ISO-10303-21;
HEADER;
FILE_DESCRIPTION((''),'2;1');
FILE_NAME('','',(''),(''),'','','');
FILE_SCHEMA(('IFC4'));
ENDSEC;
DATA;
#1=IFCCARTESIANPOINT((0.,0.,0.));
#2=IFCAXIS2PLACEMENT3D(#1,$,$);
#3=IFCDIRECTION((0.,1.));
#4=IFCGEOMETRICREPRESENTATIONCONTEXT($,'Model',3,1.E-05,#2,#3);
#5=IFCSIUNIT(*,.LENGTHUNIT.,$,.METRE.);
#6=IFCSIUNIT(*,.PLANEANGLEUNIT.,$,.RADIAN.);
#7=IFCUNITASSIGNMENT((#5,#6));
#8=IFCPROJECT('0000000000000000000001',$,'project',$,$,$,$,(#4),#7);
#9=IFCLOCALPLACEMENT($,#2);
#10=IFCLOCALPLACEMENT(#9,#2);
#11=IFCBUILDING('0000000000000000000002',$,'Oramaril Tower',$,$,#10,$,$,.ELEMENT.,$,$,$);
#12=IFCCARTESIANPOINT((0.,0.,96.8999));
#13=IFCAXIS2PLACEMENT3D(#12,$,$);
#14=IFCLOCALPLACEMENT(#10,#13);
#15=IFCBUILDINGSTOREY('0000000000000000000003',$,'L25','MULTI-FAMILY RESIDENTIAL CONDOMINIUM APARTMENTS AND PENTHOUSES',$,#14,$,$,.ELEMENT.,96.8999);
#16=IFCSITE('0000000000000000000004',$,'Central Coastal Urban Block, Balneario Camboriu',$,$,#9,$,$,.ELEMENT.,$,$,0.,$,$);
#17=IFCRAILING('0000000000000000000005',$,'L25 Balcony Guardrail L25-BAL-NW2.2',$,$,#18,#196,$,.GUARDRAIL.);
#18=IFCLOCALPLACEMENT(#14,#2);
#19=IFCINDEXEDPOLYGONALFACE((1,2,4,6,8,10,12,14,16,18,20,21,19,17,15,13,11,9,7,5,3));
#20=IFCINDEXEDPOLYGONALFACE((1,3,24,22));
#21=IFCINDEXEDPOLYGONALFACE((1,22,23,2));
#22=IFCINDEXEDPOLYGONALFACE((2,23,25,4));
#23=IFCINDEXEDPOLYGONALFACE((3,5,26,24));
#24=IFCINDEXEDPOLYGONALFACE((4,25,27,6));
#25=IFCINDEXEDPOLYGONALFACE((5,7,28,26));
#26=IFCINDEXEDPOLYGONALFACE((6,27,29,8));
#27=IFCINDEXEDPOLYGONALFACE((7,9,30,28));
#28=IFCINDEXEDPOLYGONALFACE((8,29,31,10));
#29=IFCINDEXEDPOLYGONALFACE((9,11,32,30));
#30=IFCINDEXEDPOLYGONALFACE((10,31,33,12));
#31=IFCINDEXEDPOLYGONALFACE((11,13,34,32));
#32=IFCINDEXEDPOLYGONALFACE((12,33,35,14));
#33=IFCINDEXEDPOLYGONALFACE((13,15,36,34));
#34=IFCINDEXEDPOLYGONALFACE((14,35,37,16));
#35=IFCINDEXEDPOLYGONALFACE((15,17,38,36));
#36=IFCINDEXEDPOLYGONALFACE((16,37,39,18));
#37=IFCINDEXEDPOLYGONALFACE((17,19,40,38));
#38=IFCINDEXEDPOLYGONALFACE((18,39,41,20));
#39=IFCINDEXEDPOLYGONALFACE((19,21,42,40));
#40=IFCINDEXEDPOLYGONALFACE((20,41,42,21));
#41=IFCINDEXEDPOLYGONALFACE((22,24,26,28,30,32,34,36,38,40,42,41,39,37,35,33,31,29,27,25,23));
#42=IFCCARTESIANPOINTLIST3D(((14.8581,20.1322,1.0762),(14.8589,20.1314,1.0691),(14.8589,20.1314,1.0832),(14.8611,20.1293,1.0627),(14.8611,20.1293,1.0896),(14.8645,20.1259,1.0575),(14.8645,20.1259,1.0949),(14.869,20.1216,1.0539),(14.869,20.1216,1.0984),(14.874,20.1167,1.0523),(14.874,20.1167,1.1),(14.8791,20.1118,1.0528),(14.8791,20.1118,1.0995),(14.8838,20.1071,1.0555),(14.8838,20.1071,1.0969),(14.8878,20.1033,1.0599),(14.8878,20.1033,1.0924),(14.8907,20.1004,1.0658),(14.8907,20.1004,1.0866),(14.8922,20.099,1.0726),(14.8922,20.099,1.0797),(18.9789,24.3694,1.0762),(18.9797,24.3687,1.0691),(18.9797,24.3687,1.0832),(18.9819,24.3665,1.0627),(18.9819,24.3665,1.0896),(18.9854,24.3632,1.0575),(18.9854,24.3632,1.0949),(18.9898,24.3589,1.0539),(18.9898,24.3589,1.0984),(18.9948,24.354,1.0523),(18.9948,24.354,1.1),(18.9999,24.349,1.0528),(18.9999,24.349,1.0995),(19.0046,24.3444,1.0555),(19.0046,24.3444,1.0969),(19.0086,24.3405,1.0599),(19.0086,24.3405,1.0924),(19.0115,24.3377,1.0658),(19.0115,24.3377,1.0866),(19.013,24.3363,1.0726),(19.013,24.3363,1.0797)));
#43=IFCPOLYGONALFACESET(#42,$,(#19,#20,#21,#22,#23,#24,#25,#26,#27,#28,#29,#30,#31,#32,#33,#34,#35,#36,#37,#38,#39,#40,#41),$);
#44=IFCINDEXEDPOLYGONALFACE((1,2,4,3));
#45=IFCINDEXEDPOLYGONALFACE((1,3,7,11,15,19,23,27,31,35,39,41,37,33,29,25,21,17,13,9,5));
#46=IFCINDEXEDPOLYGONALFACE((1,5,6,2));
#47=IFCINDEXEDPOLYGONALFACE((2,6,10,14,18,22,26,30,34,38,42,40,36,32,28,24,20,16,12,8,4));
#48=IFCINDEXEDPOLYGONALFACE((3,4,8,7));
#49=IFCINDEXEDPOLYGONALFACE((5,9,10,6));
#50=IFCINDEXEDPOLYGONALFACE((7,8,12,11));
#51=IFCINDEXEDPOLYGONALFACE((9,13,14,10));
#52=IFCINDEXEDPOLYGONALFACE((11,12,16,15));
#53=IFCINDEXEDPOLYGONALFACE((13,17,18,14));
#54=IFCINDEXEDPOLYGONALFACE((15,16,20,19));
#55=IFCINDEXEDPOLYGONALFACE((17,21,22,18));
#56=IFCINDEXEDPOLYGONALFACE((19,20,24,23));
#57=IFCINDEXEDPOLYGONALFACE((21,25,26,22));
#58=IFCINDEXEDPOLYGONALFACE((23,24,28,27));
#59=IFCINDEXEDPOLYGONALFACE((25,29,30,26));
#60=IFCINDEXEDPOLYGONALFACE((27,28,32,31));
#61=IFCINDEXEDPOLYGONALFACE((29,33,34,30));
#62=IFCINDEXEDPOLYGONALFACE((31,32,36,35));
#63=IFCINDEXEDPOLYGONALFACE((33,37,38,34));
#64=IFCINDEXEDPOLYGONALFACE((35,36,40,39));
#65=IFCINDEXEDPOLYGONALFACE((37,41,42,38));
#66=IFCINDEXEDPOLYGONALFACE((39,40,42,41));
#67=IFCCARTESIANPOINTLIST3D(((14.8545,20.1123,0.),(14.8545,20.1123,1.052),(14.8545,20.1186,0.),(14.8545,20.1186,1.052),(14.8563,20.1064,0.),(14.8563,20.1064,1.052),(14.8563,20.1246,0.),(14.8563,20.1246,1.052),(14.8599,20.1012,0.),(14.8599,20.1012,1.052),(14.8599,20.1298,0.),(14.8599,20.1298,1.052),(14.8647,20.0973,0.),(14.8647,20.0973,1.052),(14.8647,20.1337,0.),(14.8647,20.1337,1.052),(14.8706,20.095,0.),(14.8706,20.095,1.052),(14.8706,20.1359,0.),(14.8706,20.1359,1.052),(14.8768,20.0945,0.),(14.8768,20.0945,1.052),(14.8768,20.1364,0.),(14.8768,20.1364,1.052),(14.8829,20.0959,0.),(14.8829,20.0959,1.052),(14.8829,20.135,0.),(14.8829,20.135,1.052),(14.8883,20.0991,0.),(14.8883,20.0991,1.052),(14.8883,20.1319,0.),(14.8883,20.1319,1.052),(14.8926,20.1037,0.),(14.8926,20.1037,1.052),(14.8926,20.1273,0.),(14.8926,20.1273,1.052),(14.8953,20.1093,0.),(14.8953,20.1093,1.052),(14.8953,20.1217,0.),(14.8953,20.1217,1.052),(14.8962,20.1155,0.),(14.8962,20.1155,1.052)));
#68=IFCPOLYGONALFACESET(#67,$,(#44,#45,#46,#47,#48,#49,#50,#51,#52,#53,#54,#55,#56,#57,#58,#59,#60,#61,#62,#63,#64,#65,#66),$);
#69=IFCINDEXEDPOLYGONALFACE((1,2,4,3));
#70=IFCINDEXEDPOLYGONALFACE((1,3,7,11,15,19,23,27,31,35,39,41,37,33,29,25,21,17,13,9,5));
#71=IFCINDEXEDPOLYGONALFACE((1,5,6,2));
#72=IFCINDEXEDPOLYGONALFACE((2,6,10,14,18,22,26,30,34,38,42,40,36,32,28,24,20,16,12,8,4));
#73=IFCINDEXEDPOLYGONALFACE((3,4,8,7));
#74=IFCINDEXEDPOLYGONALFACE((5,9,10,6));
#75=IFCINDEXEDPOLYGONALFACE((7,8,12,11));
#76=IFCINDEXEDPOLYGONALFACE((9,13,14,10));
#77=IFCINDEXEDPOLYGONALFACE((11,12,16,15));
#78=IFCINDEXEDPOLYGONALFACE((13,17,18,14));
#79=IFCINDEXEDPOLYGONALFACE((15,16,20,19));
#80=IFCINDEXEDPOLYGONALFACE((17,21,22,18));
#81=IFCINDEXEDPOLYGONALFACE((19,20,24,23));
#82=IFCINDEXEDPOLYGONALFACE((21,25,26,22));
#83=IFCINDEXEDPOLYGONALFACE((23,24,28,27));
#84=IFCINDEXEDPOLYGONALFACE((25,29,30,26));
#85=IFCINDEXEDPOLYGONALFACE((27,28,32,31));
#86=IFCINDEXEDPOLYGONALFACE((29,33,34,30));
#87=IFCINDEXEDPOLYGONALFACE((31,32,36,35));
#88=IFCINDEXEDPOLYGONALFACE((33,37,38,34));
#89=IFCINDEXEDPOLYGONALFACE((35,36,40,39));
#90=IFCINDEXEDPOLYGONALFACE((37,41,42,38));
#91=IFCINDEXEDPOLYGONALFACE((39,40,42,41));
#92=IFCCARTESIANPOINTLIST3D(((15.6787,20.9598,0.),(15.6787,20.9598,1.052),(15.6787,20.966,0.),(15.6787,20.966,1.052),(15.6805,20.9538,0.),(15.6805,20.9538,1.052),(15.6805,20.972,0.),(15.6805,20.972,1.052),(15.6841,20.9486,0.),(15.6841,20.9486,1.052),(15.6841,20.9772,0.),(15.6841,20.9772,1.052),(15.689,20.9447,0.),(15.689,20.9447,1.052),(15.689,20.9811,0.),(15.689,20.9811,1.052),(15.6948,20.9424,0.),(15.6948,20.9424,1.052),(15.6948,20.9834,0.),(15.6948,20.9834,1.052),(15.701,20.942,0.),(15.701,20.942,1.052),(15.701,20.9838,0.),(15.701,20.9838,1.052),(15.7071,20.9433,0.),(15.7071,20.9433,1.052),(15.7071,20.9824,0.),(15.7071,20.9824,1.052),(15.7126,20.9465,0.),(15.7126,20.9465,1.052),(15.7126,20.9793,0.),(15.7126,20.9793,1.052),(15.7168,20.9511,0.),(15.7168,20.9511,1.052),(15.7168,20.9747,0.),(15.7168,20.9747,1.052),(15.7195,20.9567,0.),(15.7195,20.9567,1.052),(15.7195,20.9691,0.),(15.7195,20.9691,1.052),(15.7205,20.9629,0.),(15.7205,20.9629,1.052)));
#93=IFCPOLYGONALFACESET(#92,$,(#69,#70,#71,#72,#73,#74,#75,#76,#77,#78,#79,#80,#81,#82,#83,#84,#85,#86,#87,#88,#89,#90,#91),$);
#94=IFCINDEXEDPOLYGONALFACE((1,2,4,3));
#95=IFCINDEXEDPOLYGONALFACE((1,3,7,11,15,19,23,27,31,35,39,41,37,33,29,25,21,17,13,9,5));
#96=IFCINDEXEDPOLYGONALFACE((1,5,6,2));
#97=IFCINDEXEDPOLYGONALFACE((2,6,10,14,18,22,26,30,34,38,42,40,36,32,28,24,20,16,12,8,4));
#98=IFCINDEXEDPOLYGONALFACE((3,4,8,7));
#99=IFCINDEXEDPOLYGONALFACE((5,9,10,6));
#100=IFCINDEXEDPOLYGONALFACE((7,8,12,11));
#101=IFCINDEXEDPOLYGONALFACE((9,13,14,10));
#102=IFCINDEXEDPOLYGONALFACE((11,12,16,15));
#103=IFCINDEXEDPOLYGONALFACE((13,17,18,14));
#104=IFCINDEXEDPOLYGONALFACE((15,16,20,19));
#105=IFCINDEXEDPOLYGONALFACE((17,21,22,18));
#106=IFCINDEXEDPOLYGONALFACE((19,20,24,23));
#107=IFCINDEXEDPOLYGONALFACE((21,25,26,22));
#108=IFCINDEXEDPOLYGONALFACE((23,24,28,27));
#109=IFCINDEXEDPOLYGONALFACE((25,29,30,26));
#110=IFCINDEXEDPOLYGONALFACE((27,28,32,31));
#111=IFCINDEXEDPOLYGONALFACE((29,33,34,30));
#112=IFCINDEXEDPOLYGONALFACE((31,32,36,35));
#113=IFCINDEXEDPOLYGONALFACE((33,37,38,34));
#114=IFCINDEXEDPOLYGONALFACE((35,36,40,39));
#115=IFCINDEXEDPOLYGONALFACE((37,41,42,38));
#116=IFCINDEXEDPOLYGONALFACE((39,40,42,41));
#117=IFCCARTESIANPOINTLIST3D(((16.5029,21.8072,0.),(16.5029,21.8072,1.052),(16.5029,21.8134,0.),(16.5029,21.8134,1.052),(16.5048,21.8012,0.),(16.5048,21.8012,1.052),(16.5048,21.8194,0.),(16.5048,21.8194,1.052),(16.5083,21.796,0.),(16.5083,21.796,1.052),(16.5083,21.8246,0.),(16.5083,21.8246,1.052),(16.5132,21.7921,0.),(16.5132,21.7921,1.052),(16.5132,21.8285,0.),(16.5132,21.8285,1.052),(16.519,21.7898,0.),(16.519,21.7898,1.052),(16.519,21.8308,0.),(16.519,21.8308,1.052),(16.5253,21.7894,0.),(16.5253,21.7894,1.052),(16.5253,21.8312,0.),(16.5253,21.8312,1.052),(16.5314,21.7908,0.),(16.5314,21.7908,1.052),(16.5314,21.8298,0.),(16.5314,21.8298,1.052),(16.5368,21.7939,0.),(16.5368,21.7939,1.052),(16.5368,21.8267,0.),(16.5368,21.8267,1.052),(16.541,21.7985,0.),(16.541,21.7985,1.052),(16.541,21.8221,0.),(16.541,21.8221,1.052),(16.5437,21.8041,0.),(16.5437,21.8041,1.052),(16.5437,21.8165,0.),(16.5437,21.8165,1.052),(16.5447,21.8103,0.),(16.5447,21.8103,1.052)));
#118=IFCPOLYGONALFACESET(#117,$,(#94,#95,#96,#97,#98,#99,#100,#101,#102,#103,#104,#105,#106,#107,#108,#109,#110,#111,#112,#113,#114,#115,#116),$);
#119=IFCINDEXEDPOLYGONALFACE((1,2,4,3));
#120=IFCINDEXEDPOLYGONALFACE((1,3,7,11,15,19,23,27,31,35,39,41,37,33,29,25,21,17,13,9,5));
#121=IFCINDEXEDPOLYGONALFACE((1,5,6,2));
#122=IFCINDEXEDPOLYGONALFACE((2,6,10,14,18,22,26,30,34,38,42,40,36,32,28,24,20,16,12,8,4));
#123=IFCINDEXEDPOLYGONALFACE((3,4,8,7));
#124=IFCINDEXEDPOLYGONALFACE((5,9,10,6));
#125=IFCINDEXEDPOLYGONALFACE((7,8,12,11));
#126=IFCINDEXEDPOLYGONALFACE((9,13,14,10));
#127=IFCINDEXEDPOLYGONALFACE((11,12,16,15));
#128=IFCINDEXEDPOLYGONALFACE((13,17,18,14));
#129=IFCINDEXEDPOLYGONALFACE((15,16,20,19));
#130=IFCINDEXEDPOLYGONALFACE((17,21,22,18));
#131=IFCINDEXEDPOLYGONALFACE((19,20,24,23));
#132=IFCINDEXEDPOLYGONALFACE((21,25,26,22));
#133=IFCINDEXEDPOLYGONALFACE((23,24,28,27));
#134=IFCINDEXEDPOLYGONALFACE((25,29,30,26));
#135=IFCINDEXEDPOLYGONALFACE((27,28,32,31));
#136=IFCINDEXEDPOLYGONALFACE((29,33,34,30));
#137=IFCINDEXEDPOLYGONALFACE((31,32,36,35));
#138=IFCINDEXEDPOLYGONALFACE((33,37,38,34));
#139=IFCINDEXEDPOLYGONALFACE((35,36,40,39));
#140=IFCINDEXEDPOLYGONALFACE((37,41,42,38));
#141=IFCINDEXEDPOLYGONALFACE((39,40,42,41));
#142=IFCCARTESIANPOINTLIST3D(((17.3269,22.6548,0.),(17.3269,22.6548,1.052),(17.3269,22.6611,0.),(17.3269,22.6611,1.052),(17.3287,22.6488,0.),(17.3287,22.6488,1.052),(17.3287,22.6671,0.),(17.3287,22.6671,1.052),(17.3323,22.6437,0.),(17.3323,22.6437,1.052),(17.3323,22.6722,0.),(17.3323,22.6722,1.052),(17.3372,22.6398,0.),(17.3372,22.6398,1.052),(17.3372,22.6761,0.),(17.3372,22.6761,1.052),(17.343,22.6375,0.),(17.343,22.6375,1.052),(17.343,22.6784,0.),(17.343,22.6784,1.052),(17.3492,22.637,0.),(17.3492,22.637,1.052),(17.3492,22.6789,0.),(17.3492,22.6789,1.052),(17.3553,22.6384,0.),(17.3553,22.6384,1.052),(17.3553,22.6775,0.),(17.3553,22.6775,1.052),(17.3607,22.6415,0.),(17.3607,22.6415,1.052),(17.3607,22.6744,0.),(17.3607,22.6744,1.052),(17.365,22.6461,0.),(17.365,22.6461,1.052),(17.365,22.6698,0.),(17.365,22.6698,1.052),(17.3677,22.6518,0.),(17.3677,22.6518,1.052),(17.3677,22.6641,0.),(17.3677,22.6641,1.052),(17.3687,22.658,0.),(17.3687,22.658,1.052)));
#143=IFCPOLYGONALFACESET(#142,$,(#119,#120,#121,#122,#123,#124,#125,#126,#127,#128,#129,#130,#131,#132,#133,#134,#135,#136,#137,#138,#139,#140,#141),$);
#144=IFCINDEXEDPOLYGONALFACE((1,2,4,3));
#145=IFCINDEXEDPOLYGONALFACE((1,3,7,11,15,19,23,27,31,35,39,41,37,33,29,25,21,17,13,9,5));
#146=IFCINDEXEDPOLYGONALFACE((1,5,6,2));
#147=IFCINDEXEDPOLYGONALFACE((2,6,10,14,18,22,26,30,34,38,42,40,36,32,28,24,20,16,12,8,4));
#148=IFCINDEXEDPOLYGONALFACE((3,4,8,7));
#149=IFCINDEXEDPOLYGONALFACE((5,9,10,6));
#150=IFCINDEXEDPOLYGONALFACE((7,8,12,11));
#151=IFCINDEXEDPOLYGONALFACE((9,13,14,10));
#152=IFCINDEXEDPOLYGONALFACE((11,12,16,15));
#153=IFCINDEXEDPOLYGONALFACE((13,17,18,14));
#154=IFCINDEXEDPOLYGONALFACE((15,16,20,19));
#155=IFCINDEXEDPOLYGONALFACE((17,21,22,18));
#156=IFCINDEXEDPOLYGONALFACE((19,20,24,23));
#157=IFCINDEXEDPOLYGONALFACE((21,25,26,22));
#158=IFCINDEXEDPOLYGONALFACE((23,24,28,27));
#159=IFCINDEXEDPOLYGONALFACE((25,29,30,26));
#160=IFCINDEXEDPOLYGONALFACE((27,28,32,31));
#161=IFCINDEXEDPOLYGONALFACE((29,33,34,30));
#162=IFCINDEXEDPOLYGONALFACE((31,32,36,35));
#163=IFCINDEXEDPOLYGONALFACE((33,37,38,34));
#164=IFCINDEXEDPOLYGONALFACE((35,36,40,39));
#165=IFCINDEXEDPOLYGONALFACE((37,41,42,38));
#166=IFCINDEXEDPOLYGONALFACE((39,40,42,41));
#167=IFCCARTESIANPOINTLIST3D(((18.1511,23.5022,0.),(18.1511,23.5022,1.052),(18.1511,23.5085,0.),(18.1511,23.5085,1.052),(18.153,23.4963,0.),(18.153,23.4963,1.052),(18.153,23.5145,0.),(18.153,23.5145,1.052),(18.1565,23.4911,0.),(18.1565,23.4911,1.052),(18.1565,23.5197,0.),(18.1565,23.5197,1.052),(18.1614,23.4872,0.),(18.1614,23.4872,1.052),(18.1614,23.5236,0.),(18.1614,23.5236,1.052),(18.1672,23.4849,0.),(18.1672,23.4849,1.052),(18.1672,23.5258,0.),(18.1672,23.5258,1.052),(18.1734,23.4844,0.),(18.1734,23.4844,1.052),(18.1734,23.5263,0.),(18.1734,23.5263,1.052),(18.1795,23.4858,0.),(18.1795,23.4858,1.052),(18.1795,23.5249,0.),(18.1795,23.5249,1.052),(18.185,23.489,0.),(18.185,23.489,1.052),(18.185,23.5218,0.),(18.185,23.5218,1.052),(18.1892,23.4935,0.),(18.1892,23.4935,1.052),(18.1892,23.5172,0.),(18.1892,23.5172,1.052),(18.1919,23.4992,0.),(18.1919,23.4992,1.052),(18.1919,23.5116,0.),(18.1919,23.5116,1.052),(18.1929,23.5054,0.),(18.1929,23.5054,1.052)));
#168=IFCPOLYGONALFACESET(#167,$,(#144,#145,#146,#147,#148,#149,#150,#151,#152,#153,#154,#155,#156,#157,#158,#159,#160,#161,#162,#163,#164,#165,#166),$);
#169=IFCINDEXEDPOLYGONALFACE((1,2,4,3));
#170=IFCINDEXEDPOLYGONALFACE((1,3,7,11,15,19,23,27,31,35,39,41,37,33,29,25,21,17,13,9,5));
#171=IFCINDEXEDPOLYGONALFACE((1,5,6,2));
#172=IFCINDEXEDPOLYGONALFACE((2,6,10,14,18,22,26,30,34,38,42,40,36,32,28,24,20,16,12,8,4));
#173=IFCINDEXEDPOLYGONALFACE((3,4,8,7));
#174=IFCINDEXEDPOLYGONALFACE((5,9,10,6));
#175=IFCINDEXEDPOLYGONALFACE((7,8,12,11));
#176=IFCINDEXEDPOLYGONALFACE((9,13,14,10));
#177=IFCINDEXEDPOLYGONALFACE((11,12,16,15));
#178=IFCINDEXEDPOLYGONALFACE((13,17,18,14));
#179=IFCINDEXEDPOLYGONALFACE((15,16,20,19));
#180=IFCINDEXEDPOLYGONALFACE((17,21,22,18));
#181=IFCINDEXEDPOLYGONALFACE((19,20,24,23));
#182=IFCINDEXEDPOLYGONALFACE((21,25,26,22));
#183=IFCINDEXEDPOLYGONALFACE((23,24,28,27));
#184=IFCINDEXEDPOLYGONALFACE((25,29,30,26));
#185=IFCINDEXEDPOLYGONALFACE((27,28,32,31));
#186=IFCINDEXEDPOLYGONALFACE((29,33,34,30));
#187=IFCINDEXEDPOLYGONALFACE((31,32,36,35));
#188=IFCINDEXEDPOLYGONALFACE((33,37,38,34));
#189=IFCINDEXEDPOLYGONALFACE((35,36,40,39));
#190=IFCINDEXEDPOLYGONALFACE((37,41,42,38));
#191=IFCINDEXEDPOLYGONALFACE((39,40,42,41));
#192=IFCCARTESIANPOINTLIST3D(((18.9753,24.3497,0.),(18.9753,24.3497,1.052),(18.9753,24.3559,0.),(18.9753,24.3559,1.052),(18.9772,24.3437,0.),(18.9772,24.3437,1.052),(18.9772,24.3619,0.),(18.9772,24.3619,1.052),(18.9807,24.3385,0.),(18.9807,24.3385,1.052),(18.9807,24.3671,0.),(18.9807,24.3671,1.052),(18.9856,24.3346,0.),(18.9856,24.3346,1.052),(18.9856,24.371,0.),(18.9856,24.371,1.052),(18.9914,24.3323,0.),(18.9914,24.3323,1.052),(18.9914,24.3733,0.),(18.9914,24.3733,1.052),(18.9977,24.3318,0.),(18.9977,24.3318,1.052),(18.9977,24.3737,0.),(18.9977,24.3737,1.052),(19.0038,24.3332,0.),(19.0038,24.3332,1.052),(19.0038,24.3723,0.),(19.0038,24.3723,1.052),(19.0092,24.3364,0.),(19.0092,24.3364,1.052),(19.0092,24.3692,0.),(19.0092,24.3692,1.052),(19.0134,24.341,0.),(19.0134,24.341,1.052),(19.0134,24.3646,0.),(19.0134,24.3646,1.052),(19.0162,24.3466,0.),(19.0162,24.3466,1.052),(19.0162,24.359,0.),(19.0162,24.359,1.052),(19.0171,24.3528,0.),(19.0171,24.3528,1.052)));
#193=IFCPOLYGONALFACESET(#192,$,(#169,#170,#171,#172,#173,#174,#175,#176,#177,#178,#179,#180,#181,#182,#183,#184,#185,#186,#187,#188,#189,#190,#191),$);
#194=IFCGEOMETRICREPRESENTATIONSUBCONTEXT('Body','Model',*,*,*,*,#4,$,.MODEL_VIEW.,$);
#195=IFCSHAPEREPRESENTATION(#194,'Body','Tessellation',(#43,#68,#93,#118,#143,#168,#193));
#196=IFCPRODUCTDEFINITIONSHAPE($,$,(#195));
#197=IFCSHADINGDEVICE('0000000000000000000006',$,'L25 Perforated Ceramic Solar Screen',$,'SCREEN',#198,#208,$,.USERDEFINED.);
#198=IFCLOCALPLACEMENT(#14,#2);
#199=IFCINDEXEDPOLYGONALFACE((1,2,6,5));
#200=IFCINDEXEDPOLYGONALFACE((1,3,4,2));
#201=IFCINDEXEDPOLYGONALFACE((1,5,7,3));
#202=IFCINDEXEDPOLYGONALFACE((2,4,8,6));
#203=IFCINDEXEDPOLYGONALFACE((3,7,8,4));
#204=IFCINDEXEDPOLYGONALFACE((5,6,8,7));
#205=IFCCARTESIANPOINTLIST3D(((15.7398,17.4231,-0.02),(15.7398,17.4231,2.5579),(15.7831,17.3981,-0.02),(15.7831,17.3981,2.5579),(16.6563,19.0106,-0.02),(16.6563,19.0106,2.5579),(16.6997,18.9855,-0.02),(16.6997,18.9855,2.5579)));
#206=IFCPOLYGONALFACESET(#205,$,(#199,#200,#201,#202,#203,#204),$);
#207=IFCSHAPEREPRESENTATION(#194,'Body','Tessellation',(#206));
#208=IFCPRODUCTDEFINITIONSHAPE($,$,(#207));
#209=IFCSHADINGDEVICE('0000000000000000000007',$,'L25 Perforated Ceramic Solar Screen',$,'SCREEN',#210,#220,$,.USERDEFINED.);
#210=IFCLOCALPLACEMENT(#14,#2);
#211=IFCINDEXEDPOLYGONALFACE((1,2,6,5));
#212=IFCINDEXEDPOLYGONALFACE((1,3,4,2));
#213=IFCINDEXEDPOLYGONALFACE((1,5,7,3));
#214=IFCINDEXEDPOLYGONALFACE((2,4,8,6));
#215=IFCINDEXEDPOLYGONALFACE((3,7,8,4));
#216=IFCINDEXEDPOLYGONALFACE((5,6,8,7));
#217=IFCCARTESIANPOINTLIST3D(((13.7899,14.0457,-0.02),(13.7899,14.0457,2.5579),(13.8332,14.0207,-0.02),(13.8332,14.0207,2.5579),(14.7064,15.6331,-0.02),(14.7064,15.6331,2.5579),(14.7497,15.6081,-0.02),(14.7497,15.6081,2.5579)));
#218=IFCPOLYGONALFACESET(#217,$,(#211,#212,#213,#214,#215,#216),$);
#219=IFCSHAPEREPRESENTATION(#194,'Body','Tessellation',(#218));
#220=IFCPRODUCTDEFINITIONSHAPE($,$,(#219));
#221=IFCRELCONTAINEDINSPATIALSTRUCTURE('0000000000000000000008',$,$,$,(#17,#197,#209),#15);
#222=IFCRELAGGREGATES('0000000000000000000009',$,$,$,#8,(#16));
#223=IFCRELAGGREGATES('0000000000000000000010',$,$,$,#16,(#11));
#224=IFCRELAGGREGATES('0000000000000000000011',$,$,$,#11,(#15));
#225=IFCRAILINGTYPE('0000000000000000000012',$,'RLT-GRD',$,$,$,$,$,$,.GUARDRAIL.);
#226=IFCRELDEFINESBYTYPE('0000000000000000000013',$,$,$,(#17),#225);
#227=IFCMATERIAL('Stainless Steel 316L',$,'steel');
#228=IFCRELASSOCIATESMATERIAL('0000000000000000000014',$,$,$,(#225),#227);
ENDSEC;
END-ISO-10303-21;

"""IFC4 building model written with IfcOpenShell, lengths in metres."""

from ifc_helpers import new_model, si_unit, direction, frame, origin, origin_2d, place, context, subcontext, project, spatial, rectangle, circle, extrude, material, type_object, element, save


model = new_model("IFC4")

# Units and contexts
model_context = context("Model", 3, precision=1e-05, world=origin(), true_north=direction((0.0, 1.0)))
body_context = subcontext(model_context, "Body", "Model", "MODEL_VIEW")
ifc_project = project(units=[si_unit("LENGTHUNIT", "METRE"), si_unit("PLANEANGLEUNIT", "RADIAN")], contexts=[model_context])

# Site, building, storey
site_placement = place(None, origin())
site = spatial("IfcSite", under=ifc_project, at=site_placement, Name="Central Coastal Urban Block, Balneario Camboriu", CompositionType="ELEMENT", RefElevation=0.0)
building_placement = place(site_placement, origin())
building = spatial("IfcBuilding", under=site, at=building_placement, Name="Oramaril Tower", CompositionType="ELEMENT")
storey_placement = place(building_placement, frame((0.0, 0.0, 96.8999)))
storey = spatial("IfcBuildingStorey", under=building, at=storey_placement, Name="L25", Description="MULTI-FAMILY RESIDENTIAL CONDOMINIUM APARTMENTS AND PENTHOUSES", CompositionType="ELEMENT", Elevation=96.8999)

# Railing
ifc_material_1 = material(Name="Stainless Steel 316L", Category="steel")
railing_type = type_object("IfcRailingType", Name="RLT-GRD", PredefinedType="GUARDRAIL", material=ifc_material_1)
railing_1_placement = place(storey_placement, frame((14.8752, 20.1155, 0.0)))
element("IfcRailing", 1, at=railing_1_placement, inside=storey, type_object=railing_type, Name="L25 Balcony Guardrail L25-BAL-NW2.2", PredefinedType="GUARDRAIL", context=body_context, shape_type="SweptSolid", body=[
    extrude(circle(Radius=0.0239, at=origin_2d()), frame((0.0, 0.0, 1.0762), z_axis=(0.697187, 0.716889, 0.0), x_axis=(-0.716889, 0.697187, 0.0)), (0.0, 0.0, 1.0), 5.9106),
    extrude(circle(Radius=0.021, at=origin_2d()), origin(), (0.0, 0.0, 1.0), 1.052),
    extrude(circle(Radius=0.021, at=origin_2d()), frame((0.8242, 0.8474, 0.0)), (0.0, 0.0, 1.0), 1.052),
    extrude(circle(Radius=0.021, at=origin_2d()), frame((1.6484, 1.6948, 0.0)), (0.0, 0.0, 1.0), 1.052),
    extrude(circle(Radius=0.021, at=origin_2d()), frame((2.4724, 2.5425, 0.0)), (0.0, 0.0, 1.0), 1.052),
    extrude(circle(Radius=0.021, at=origin_2d()), frame((3.2966, 3.3899, 0.0)), (0.0, 0.0, 1.0), 1.052),
    extrude(circle(Radius=0.021, at=origin_2d()), frame((4.1208, 4.2373, 0.0)), (0.0, 0.0, 1.0), 1.052),
])

# Shading devices
for number, where, z_axis, x_axis, name in (
    (2, (16.2197, 18.2043, -0.02), (0.0, 0.0, 1.0), (-0.5, -0.866025, 0.0), "L25 Perforated Ceramic Solar Screen"),
    (3, (14.2698, 14.8269, -0.02), (0.0, 0.0, 1.0), (-0.5, -0.866025, 0.0), "L25 Perforated Ceramic Solar Screen"),
):
    element("IfcShadingDevice", number, at=place(storey_placement, frame(where, z_axis=z_axis, x_axis=x_axis)), inside=storey, Name=name, ObjectType="SCREEN", PredefinedType="USERDEFINED", context=body_context, shape_type="SweptSolid", body=[
        extrude(rectangle(XDim=1.833, YDim=0.05, at=origin_2d()), origin(), (0.0, 0.0, 1.0), 2.5779),
    ])

save(model, "model.ifc")
